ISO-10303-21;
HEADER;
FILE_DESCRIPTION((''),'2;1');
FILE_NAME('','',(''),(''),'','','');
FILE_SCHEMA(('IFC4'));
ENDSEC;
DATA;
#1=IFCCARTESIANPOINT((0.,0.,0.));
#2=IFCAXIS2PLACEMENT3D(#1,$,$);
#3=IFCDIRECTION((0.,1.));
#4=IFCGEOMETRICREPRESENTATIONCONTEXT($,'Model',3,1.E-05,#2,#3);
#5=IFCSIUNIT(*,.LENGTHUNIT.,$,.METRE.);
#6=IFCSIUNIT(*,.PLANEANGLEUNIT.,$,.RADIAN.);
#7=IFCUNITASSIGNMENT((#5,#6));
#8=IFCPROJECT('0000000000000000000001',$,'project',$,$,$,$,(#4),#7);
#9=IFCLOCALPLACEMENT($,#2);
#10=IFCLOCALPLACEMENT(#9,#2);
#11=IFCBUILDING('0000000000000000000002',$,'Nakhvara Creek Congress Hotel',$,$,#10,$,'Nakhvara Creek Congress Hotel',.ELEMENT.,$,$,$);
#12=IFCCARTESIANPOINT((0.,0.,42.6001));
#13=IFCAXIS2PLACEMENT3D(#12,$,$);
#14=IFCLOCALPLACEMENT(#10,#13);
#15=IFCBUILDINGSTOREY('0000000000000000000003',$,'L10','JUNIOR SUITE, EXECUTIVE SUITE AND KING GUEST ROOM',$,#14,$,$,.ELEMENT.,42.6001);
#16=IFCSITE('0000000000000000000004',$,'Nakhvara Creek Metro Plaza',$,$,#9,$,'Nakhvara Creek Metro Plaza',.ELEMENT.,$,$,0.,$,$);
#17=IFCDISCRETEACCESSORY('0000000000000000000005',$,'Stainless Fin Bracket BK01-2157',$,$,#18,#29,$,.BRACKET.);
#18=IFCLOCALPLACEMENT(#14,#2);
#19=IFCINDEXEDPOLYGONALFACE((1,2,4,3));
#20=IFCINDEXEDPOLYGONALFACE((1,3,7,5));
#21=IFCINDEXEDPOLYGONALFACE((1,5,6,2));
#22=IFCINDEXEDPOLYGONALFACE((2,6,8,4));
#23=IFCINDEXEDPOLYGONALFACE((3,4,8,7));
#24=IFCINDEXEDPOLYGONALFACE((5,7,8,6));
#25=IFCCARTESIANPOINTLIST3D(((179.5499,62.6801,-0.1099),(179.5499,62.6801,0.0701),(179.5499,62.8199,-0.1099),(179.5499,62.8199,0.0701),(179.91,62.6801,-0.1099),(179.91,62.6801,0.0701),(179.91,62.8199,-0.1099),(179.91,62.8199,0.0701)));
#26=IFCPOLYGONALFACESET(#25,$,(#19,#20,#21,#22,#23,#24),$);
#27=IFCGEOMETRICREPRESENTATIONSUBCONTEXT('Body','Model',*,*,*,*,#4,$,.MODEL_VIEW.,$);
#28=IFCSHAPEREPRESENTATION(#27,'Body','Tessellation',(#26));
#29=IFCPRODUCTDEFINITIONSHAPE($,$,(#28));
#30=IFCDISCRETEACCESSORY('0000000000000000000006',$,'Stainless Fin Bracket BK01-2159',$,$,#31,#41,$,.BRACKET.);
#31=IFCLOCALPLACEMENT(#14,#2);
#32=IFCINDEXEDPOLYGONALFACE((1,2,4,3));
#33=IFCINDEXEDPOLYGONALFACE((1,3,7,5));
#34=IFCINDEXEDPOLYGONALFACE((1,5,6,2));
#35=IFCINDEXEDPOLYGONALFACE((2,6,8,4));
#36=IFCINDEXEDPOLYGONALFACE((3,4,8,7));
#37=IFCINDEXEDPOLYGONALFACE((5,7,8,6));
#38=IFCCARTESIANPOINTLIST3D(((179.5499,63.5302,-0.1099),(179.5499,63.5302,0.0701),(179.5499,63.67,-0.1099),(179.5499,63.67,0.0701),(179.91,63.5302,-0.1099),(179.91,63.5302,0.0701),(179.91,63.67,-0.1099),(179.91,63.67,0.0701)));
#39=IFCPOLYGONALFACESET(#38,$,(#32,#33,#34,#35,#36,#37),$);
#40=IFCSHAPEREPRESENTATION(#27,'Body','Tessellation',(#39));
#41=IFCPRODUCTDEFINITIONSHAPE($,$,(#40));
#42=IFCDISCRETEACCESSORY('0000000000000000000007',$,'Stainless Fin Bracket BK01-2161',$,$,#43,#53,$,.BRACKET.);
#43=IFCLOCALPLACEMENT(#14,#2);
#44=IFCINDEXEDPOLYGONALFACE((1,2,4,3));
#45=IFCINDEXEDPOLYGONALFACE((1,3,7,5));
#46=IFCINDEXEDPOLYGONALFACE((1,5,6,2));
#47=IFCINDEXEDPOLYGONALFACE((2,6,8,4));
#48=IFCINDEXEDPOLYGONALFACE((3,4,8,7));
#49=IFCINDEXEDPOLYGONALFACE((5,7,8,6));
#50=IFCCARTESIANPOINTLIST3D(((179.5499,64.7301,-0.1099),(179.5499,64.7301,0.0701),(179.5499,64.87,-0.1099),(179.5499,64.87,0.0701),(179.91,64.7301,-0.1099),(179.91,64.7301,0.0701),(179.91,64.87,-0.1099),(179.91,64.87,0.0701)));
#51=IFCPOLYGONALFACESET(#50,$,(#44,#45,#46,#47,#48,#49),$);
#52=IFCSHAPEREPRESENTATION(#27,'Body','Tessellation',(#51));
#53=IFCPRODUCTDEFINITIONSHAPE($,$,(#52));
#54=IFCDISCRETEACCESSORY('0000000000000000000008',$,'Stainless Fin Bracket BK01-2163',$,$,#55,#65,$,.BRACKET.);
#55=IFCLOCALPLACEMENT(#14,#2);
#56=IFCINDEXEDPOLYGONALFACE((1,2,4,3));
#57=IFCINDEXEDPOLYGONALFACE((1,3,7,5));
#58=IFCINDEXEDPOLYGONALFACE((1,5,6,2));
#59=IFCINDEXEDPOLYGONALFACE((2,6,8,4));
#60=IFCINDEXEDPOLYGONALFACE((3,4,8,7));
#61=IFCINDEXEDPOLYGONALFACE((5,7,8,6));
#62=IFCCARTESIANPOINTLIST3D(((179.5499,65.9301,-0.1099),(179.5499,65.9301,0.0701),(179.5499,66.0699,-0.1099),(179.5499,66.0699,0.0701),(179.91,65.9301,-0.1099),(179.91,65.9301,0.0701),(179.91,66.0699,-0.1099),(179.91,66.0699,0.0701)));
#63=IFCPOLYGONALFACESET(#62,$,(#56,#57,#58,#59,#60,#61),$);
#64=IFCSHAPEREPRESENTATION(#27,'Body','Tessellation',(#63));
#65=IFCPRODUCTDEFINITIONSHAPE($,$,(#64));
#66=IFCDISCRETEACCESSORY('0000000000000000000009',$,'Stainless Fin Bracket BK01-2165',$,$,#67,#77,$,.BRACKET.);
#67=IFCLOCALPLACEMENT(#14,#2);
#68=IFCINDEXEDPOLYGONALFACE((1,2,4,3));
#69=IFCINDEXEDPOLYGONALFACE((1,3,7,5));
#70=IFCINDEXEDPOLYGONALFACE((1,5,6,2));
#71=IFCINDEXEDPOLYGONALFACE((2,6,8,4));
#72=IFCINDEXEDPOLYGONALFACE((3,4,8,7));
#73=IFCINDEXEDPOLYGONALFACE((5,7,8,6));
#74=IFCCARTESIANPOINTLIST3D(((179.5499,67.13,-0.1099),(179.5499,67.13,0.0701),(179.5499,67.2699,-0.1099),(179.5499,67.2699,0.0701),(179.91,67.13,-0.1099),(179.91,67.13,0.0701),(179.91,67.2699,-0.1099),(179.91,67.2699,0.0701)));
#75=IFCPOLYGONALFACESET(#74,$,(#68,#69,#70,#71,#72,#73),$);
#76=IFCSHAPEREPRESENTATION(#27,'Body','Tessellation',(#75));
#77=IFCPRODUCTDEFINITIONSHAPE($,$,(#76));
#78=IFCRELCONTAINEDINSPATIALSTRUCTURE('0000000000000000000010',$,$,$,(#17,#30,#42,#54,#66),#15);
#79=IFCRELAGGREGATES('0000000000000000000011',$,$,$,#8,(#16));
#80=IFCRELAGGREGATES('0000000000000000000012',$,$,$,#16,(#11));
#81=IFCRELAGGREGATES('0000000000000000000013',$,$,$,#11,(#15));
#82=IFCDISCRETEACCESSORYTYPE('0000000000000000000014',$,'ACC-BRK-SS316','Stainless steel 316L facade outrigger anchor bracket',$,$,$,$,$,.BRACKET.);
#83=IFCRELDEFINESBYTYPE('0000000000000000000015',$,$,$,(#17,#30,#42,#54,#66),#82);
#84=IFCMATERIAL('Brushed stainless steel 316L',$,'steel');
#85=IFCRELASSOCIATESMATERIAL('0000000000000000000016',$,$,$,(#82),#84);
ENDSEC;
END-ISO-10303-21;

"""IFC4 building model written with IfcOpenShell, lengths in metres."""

from ifc_helpers import new_model, si_unit, direction, frame, origin, origin_2d, place, context, subcontext, project, spatial, rectangle, extrude, material, type_object, element, save


model = new_model("IFC4")

# Units and contexts
model_context = context("Model", 3, precision=1e-05, world=origin(), true_north=direction((0.0, 1.0)))
body_context = subcontext(model_context, "Body", "Model", "MODEL_VIEW")
ifc_project = project(units=[si_unit("LENGTHUNIT", "METRE"), si_unit("PLANEANGLEUNIT", "RADIAN")], contexts=[model_context])

# Site, building, storey
site_placement = place(None, origin())
site = spatial("IfcSite", under=ifc_project, at=site_placement, Name="Nakhvara Creek Metro Plaza", LongName="Nakhvara Creek Metro Plaza", CompositionType="ELEMENT", RefElevation=0.0)
building_placement = place(site_placement, origin())
building = spatial("IfcBuilding", under=site, at=building_placement, Name="Nakhvara Creek Congress Hotel", LongName="Nakhvara Creek Congress Hotel", CompositionType="ELEMENT")
storey_placement = place(building_placement, frame((0.0, 0.0, 42.6001)))
storey = spatial("IfcBuildingStorey", under=building, at=storey_placement, Name="L10", Description="JUNIOR SUITE, EXECUTIVE SUITE AND KING GUEST ROOM", CompositionType="ELEMENT", Elevation=42.6001)

# Shared definitions
ifc_material_1 = material(Name="Brushed stainless steel 316L", Category="steel")

# Discrete accessories
discrete_accessory_type = type_object("IfcDiscreteAccessoryType", Name="ACC-BRK-SS316", Description="Stainless steel 316L facade outrigger anchor bracket", PredefinedType="BRACKET", material=ifc_material_1)
for number, where, z_axis, x_axis, name in (
    (1, (179.73, 62.75, -0.1099), (0.0, 0.0, 1.0), (0.0, 1.0, 0.0), "Stainless Fin Bracket BK01-2157"),
    (2, (179.73, 63.6001, -0.1099), (0.0, 0.0, 1.0), (0.0, 1.0, 0.0), "Stainless Fin Bracket BK01-2159"),
    (3, (179.73, 64.8, -0.1099), (0.0, 0.0, 1.0), (0.0, 1.0, 0.0), "Stainless Fin Bracket BK01-2161"),
    (4, (179.73, 66.0, -0.1099), (0.0, 0.0, 1.0), (0.0, 1.0, 0.0), "Stainless Fin Bracket BK01-2163"),
    (5, (179.73, 67.2, -0.1099), (0.0, 0.0, 1.0), (0.0, 1.0, 0.0), "Stainless Fin Bracket BK01-2165"),
):
    element("IfcDiscreteAccessory", number, at=place(storey_placement, frame(where, z_axis=z_axis, x_axis=x_axis)), inside=storey, type_object=discrete_accessory_type, Name=name, PredefinedType="BRACKET", context=body_context, shape_type="SweptSolid", body=[
        extrude(rectangle(XDim=0.1399, YDim=0.3601, at=origin_2d()), origin(), (0.0, 0.0, 1.0), 0.1799),
    ])

save(model, "model.ifc")
